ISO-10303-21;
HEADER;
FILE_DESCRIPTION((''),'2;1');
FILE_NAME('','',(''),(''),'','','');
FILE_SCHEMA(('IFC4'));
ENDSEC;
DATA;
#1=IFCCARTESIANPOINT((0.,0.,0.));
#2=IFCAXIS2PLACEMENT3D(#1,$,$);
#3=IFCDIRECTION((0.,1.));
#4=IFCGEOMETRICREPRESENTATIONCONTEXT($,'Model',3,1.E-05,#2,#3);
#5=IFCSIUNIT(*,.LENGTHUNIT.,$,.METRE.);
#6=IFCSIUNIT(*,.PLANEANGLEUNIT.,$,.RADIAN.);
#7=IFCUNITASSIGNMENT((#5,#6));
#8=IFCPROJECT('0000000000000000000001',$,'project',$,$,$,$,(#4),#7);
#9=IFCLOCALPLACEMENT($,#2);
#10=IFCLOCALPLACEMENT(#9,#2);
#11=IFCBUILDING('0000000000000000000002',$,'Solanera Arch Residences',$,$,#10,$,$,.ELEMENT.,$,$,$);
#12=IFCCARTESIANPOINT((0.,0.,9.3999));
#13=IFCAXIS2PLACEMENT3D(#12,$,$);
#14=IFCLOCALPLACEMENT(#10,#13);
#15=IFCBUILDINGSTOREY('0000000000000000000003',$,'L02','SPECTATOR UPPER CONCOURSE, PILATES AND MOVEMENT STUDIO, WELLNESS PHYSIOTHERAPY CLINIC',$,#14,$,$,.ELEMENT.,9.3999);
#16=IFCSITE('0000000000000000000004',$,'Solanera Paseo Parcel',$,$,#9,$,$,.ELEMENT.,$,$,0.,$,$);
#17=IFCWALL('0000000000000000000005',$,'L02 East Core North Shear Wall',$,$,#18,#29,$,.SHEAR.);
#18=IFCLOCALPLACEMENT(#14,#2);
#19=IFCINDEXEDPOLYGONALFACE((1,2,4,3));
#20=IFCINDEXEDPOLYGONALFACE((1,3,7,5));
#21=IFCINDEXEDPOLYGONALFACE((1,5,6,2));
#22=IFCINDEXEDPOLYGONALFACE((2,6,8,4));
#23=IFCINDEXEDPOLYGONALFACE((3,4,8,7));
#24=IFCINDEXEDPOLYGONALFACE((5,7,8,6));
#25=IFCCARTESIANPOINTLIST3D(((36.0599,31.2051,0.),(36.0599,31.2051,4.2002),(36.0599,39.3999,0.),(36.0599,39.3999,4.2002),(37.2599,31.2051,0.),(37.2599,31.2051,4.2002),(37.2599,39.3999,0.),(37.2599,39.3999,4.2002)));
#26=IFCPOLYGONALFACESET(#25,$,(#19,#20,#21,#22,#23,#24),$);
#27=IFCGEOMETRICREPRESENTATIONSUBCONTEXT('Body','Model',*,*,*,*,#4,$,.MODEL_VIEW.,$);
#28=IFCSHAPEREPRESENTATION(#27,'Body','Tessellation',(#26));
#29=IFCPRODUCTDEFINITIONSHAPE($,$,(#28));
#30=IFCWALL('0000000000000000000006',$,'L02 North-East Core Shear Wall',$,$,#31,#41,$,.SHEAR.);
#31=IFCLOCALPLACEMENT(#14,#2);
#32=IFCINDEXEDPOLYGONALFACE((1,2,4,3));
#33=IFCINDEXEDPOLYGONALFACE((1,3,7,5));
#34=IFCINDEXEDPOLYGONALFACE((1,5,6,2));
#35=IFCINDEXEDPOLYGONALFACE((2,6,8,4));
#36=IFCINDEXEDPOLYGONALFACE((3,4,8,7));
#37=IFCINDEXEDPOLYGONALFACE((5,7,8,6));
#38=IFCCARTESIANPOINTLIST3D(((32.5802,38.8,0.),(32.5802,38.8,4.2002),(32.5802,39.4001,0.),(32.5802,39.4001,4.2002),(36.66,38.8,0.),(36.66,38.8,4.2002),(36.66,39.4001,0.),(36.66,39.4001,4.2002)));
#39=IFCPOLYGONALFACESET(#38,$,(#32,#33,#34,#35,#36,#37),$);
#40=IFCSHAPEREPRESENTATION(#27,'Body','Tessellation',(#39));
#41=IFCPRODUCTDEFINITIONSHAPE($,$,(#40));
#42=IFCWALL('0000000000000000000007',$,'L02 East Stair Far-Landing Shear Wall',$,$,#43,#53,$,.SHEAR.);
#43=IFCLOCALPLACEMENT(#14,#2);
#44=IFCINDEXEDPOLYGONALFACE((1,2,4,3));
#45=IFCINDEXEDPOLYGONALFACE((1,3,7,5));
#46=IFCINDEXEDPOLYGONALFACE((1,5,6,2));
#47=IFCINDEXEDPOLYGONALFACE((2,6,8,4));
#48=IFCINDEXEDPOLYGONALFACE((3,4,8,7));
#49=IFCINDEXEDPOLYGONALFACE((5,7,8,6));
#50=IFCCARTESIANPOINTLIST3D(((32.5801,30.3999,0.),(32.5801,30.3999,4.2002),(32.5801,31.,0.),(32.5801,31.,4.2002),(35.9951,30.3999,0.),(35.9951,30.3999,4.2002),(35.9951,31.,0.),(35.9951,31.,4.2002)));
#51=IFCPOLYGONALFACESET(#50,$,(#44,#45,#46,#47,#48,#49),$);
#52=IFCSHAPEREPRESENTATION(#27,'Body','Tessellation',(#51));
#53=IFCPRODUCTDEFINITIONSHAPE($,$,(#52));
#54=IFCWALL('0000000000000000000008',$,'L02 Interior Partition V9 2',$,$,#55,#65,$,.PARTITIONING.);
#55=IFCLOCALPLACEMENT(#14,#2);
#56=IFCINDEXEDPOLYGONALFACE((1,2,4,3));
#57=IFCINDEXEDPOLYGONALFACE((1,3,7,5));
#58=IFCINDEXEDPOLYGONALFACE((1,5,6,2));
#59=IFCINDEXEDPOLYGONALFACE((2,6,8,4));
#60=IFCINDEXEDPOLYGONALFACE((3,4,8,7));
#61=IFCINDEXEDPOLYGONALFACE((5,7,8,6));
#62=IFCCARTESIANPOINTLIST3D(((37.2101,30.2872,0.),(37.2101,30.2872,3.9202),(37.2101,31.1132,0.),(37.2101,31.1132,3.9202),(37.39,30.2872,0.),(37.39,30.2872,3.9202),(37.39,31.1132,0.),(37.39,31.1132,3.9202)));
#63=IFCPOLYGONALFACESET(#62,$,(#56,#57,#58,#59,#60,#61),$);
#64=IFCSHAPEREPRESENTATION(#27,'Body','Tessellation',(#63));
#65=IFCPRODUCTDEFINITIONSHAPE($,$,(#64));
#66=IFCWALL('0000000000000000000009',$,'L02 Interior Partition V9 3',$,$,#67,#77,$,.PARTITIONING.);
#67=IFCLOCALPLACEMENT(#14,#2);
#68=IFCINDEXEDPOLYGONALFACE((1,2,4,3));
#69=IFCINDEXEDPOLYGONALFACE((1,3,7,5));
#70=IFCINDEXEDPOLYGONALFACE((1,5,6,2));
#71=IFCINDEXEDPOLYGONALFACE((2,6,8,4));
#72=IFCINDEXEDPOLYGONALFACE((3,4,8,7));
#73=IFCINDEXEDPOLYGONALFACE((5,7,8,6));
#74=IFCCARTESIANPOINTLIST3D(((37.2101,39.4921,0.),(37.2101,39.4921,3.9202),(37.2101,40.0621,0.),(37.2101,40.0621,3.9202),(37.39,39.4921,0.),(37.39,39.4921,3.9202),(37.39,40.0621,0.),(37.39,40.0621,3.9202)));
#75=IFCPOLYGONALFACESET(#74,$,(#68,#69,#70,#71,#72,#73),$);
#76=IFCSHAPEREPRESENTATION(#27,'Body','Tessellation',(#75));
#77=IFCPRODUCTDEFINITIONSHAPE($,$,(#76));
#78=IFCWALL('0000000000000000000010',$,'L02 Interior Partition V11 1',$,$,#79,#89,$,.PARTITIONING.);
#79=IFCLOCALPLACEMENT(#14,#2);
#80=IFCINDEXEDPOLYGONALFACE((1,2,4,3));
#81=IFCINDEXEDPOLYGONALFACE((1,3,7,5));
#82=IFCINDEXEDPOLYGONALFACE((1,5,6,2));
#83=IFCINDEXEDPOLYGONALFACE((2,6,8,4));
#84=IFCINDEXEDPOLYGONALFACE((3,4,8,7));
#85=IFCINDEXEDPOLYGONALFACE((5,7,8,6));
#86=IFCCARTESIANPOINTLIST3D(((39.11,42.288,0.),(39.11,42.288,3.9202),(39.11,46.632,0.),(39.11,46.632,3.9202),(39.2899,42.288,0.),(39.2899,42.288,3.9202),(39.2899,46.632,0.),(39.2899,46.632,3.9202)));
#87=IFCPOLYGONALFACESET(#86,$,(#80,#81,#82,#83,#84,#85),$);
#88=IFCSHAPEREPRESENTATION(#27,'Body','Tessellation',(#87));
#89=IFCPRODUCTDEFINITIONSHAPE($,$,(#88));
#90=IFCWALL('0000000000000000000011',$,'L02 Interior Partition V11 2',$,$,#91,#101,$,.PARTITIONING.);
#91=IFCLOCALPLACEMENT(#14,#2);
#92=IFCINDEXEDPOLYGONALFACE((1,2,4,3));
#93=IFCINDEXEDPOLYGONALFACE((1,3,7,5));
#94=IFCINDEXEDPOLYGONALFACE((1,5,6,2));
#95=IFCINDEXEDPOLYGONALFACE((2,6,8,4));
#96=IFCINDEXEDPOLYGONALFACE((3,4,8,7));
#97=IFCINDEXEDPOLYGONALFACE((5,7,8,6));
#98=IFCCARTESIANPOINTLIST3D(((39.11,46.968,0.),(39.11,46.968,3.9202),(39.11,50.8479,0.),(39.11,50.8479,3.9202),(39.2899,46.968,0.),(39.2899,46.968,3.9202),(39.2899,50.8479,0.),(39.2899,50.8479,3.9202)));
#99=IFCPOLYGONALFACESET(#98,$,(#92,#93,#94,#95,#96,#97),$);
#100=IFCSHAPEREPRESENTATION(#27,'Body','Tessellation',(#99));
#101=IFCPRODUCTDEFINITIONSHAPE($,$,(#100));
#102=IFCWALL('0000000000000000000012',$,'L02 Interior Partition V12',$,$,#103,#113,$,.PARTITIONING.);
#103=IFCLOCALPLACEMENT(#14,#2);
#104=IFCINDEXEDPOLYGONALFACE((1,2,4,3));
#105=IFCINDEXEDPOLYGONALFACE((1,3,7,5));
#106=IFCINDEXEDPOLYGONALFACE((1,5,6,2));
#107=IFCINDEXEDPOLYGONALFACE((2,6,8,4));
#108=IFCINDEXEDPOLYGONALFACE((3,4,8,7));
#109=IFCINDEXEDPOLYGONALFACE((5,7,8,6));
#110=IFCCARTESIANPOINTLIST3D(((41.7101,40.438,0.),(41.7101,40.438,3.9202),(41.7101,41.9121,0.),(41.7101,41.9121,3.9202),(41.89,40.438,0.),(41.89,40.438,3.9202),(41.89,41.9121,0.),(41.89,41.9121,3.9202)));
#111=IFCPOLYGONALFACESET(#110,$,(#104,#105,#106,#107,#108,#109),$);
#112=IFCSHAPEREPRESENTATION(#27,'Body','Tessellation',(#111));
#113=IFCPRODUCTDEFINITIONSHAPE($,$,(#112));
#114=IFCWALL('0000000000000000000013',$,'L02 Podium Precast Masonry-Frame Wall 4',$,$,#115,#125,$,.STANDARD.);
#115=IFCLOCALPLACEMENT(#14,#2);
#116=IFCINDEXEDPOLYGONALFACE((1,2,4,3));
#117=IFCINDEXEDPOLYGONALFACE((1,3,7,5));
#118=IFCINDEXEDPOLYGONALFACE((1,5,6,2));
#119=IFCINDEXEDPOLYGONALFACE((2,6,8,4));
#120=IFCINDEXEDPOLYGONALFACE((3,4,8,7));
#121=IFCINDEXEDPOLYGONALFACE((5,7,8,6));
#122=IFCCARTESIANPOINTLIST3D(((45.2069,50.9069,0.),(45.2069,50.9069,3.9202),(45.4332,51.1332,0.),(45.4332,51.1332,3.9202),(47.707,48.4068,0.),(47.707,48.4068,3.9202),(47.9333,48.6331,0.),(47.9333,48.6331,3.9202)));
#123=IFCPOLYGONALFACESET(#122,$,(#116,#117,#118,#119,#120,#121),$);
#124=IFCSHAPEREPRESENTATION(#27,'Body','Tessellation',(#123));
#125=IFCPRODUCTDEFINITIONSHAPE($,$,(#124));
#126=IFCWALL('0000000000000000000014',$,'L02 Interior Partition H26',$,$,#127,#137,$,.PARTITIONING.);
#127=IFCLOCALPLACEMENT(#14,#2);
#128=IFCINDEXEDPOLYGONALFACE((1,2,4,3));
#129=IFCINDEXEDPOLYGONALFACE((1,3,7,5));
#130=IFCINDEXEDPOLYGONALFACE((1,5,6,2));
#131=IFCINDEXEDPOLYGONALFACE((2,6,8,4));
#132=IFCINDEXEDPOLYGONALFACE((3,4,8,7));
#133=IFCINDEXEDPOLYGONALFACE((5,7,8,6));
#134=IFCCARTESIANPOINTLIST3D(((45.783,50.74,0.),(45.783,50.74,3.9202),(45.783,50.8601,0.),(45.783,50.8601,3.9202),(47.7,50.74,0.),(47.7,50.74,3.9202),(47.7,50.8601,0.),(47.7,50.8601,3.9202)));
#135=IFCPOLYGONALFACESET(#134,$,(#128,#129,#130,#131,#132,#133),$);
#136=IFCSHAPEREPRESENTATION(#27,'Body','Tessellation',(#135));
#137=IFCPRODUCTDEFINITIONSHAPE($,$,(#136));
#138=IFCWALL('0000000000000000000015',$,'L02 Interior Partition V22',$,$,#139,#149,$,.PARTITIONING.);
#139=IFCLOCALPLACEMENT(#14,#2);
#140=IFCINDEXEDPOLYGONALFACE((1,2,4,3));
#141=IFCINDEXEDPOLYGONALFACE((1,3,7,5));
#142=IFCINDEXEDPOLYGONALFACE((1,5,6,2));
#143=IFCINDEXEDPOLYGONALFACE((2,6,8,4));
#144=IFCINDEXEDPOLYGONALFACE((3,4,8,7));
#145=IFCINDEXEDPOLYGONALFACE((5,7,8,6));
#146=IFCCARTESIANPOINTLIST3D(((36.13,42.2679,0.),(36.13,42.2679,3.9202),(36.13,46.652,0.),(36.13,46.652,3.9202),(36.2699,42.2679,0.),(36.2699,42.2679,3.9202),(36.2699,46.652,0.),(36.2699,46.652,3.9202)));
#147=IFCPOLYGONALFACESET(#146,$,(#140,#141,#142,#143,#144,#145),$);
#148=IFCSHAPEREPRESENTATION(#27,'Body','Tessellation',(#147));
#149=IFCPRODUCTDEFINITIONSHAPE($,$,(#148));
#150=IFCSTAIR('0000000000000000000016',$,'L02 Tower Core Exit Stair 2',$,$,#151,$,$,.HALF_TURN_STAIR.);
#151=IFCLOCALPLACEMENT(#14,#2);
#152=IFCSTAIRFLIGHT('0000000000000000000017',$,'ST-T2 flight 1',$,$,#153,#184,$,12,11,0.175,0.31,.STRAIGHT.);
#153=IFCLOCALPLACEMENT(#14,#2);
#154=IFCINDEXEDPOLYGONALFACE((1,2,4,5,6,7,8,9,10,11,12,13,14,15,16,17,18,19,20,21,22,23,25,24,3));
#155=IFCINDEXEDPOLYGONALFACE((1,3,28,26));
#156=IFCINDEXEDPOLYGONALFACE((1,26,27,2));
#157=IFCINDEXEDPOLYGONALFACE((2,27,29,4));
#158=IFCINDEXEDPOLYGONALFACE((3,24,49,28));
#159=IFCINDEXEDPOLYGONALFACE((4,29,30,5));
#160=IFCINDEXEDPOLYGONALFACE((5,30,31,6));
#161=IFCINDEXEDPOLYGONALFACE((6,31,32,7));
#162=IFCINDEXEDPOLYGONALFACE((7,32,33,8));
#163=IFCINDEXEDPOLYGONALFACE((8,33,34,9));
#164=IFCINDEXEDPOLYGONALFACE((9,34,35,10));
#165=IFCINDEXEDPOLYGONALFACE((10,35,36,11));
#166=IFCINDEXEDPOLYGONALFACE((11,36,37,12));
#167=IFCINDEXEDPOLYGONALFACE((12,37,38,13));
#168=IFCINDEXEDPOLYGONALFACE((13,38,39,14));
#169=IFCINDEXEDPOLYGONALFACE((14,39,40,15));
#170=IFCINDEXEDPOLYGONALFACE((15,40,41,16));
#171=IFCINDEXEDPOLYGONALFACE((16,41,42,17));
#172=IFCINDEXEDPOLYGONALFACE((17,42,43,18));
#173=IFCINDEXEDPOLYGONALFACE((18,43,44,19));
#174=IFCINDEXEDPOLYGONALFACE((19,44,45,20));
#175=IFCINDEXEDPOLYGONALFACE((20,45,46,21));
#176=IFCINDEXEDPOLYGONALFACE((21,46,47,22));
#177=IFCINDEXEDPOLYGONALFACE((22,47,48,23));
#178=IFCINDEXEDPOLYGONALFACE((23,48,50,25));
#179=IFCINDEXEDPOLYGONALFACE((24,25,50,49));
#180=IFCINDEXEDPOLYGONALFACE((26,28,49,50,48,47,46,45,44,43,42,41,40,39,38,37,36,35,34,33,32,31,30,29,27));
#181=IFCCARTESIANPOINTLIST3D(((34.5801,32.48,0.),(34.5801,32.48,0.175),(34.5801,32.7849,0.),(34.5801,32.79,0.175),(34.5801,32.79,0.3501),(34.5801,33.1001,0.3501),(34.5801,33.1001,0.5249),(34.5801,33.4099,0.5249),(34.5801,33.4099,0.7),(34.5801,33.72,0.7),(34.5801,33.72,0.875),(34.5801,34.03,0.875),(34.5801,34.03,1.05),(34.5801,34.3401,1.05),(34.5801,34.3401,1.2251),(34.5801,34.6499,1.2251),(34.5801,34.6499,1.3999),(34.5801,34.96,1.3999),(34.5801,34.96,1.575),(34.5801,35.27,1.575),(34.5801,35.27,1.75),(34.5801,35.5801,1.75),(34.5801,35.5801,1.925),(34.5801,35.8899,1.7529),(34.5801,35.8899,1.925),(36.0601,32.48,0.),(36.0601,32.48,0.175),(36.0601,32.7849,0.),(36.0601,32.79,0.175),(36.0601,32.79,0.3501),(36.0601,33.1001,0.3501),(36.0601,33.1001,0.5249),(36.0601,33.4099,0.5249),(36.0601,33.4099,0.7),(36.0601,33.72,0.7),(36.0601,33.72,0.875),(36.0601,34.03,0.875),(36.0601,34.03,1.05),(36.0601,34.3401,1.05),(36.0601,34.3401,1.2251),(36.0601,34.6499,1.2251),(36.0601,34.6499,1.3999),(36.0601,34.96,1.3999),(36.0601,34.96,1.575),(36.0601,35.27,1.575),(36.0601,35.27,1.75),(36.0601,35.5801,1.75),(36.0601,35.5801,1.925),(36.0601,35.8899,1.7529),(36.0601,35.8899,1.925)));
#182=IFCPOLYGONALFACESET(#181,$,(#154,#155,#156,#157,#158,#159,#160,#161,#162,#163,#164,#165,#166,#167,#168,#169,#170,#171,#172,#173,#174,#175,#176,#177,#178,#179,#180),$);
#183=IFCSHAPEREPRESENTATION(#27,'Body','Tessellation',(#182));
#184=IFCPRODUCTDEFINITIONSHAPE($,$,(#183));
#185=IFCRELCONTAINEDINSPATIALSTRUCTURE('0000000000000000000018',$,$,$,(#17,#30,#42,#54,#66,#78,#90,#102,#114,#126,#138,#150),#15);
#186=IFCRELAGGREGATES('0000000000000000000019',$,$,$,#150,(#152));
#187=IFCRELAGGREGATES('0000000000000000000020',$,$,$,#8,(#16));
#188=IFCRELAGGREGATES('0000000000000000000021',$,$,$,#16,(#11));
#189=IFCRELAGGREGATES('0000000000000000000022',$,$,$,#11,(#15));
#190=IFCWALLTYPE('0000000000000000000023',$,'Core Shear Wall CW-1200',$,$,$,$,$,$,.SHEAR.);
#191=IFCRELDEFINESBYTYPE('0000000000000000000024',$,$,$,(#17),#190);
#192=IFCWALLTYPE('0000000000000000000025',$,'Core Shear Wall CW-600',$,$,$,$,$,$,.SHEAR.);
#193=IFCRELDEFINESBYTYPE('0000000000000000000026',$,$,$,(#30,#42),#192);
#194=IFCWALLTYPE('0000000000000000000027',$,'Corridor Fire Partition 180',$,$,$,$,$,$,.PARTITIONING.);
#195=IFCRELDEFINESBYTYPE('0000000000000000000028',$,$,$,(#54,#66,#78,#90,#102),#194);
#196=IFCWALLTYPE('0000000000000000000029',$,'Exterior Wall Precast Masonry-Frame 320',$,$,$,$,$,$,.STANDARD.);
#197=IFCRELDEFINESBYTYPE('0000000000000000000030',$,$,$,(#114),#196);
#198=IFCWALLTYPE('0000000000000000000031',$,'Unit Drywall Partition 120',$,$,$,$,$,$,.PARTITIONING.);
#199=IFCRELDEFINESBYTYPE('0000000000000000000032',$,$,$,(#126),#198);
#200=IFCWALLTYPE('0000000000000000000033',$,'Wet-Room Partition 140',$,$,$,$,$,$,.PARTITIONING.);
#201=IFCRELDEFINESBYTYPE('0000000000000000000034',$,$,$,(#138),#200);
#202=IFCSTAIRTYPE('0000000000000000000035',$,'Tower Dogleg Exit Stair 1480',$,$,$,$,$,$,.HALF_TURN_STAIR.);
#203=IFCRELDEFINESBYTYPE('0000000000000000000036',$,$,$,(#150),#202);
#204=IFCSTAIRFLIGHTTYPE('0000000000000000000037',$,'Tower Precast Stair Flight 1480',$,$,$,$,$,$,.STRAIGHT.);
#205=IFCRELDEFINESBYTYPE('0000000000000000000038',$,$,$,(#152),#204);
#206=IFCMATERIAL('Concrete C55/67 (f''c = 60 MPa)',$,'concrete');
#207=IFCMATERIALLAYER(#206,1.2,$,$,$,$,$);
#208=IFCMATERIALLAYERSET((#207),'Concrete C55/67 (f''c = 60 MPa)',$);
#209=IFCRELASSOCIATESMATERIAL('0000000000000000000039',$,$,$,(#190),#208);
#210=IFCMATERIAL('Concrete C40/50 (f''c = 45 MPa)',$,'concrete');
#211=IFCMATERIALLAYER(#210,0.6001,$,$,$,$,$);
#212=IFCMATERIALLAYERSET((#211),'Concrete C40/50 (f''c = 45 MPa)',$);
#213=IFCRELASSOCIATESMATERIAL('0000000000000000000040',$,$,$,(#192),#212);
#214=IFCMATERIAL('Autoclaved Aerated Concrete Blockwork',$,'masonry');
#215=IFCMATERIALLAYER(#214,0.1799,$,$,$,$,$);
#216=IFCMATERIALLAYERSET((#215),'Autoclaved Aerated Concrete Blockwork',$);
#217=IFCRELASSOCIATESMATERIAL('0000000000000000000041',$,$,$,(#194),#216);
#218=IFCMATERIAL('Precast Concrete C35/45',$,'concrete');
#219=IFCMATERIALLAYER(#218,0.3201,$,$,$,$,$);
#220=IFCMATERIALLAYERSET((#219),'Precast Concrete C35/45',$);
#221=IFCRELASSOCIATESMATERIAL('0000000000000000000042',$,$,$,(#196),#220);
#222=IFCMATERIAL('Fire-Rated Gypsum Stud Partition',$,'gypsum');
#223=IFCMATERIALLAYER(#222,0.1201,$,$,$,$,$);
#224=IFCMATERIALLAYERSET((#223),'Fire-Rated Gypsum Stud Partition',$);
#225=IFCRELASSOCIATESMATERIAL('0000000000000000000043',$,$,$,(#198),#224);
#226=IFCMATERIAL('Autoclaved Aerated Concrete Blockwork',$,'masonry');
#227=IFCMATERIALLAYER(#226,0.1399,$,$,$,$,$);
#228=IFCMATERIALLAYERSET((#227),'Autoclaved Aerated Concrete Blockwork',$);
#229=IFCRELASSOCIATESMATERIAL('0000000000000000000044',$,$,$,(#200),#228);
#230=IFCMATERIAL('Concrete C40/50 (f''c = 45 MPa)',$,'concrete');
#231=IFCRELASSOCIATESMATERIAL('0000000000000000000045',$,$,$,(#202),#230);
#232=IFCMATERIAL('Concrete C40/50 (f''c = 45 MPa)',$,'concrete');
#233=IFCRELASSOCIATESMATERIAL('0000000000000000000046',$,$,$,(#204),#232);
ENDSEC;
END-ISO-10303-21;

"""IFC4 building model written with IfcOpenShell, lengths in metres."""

from ifc_helpers import new_model, si_unit, direction, frame, frame_2d, origin, place, context, subcontext, project, spatial, polyline, rectangle, outline, extrude, material, layer, layer_set, type_object, element, aggregate, save


model = new_model("IFC4")

# Units and contexts
model_context = context("Model", 3, precision=1e-05, world=origin(), true_north=direction((0.0, 1.0)))
body_context = subcontext(model_context, "Body", "Model", "MODEL_VIEW")
ifc_project = project(units=[si_unit("LENGTHUNIT", "METRE"), si_unit("PLANEANGLEUNIT", "RADIAN")], contexts=[model_context])

# Site, building, storey
site_placement = place(None, origin())
site = spatial("IfcSite", under=ifc_project, at=site_placement, Name="Solanera Paseo Parcel", CompositionType="ELEMENT", RefElevation=0.0)
building_placement = place(site_placement, origin())
building = spatial("IfcBuilding", under=site, at=building_placement, Name="Solanera Arch Residences", CompositionType="ELEMENT")
storey_placement = place(building_placement, frame((0.0, 0.0, 9.3999)))
storey = spatial("IfcBuildingStorey", under=building, at=storey_placement, Name="L02", Description="SPECTATOR UPPER CONCOURSE, PILATES AND MOVEMENT STUDIO, WELLNESS PHYSIOTHERAPY CLINIC", CompositionType="ELEMENT", Elevation=9.3999)

# Wall
ifc_material_1 = material(Name="Concrete C55/67 (f'c = 60 MPa)", Category="concrete")
ifc_layer_1 = layer(ifc_material_1, 1.2)
ifc_layer_set_1 = layer_set([ifc_layer_1], Name="Concrete C55/67 (f'c = 60 MPa)")
wall_type_1 = type_object("IfcWallType", Name="Core Shear Wall CW-1200", PredefinedType="SHEAR", material=ifc_layer_set_1)
wall_1_placement = place(storey_placement, frame((36.6599, 31.2051, 0.0), z_axis=(0.0, 0.0, 1.0), x_axis=(0.0, 1.0, 0.0)))
element("IfcWall", 1, at=wall_1_placement, inside=storey, type_object=wall_type_1, Name="L02 East Core North Shear Wall", PredefinedType="SHEAR", context=body_context, shape_type="SweptSolid", body=[
    extrude(rectangle(XDim=8.1948, YDim=1.2, at=frame_2d((4.0974, 0.0))), origin(), (0.0, 0.0, 1.0), 4.2002),
])

# Walls
ifc_material_2 = material(Name="Concrete C40/50 (f'c = 45 MPa)", Category="concrete")
ifc_layer_2 = layer(ifc_material_2, 0.6001)
ifc_layer_set_2 = layer_set([ifc_layer_2], Name="Concrete C40/50 (f'c = 45 MPa)")
wall_type_2 = type_object("IfcWallType", Name="Core Shear Wall CW-600", PredefinedType="SHEAR", material=ifc_layer_set_2)
wall_2_placement = place(storey_placement, frame((32.5801, 39.1001, 0.0), z_axis=(0.0, 0.0, 1.0), x_axis=(1.0, 0.0, 0.0)))
element("IfcWall", 2, at=wall_2_placement, inside=storey, type_object=wall_type_2, Name="L02 North-East Core Shear Wall", PredefinedType="SHEAR", context=body_context, shape_type="SweptSolid", body=[
    extrude(rectangle(XDim=4.0798, YDim=0.6001, at=frame_2d((2.04, 0.0))), origin(), (0.0, 0.0, 1.0), 4.2002),
])
wall_3_placement = place(storey_placement, frame((32.5801, 30.7, 0.0), z_axis=(0.0, 0.0, 1.0), x_axis=(1.0, 0.0, 0.0)))
element("IfcWall", 3, at=wall_3_placement, inside=storey, type_object=wall_type_2, Name="L02 East Stair Far-Landing Shear Wall", PredefinedType="SHEAR", context=body_context, shape_type="SweptSolid", body=[
    extrude(rectangle(XDim=3.415, YDim=0.6001, at=frame_2d((1.7075, 0.0))), origin(), (0.0, 0.0, 1.0), 4.2002),
])
ifc_material_3 = material(Name="Autoclaved Aerated Concrete Blockwork", Category="masonry")
ifc_layer_3 = layer(ifc_material_3, 0.1799)
ifc_layer_set_3 = layer_set([ifc_layer_3], Name="Autoclaved Aerated Concrete Blockwork")
wall_type_3 = type_object("IfcWallType", Name="Corridor Fire Partition 180", PredefinedType="PARTITIONING", material=ifc_layer_set_3)
wall_4_placement = place(storey_placement, frame((37.3, 30.2871, 0.0), z_axis=(0.0, 0.0, 1.0), x_axis=(0.0, 1.0, 0.0)))
element("IfcWall", 4, at=wall_4_placement, inside=storey, type_object=wall_type_3, Name="L02 Interior Partition V9 2", PredefinedType="PARTITIONING", context=body_context, shape_type="SweptSolid", body=[
    extrude(rectangle(XDim=0.8259, YDim=0.1799, at=frame_2d((0.4131, 0.0))), origin(), (0.0, 0.0, 1.0), 3.9202),
])
wall_5_placement = place(storey_placement, frame((37.3, 39.4919, 0.0), z_axis=(0.0, 0.0, 1.0), x_axis=(0.0, 1.0, 0.0)))
element("IfcWall", 5, at=wall_5_placement, inside=storey, type_object=wall_type_3, Name="L02 Interior Partition V9 3", PredefinedType="PARTITIONING", context=body_context, shape_type="SweptSolid", body=[
    extrude(rectangle(XDim=0.5701, YDim=0.1799, at=frame_2d((0.2852, 0.0))), origin(), (0.0, 0.0, 1.0), 3.9202),
])
wall_6_placement = place(storey_placement, frame((39.2, 42.2881, 0.0), z_axis=(0.0, 0.0, 1.0), x_axis=(0.0, 1.0, 0.0)))
element("IfcWall", 6, at=wall_6_placement, inside=storey, type_object=wall_type_3, Name="L02 Interior Partition V11 1", PredefinedType="PARTITIONING", context=body_context, shape_type="SweptSolid", body=[
    extrude(rectangle(XDim=4.344, YDim=0.1799, at=frame_2d((2.1719, 0.0))), origin(), (0.0, 0.0, 1.0), 3.9202),
])
wall_7_placement = place(storey_placement, frame((39.2, 46.968, 0.0), z_axis=(0.0, 0.0, 1.0), x_axis=(0.0, 1.0, 0.0)))
element("IfcWall", 7, at=wall_7_placement, inside=storey, type_object=wall_type_3, Name="L02 Interior Partition V11 2", PredefinedType="PARTITIONING", context=body_context, shape_type="SweptSolid", body=[
    extrude(rectangle(XDim=3.8799, YDim=0.1799, at=frame_2d((1.9399, 0.0))), origin(), (0.0, 0.0, 1.0), 3.9202),
])
wall_8_placement = place(storey_placement, frame((41.8, 40.438, 0.0), z_axis=(0.0, 0.0, 1.0), x_axis=(0.0, 1.0, 0.0)))
element("IfcWall", 8, at=wall_8_placement, inside=storey, type_object=wall_type_3, Name="L02 Interior Partition V12", PredefinedType="PARTITIONING", context=body_context, shape_type="SweptSolid", body=[
    extrude(rectangle(XDim=1.4741, YDim=0.1799, at=frame_2d((0.7371, 0.0))), origin(), (0.0, 0.0, 1.0), 3.9202),
])
ifc_material_4 = material(Name="Precast Concrete C35/45", Category="concrete")
ifc_layer_4 = layer(ifc_material_4, 0.3201)
ifc_layer_set_4 = layer_set([ifc_layer_4], Name="Precast Concrete C35/45")
wall_type_4 = type_object("IfcWallType", Name="Exterior Wall Precast Masonry-Frame 320", PredefinedType="STANDARD", material=ifc_layer_set_4)
wall_9_placement = place(storey_placement, frame((45.3201, 51.02, 0.0), z_axis=(0.0, 0.0, 1.0), x_axis=(0.707107, -0.707107, 0.0)))
element("IfcWall", 9, at=wall_9_placement, inside=storey, type_object=wall_type_4, Name="L02 Podium Precast Masonry-Frame Wall 4", PredefinedType="STANDARD", context=body_context, shape_type="SweptSolid", body=[
    extrude(rectangle(XDim=3.5356, YDim=0.3201, at=frame_2d((1.7678, 0.0))), origin(), (0.0, 0.0, 1.0), 3.9202),
])
ifc_material_5 = material(Name="Fire-Rated Gypsum Stud Partition", Category="gypsum")
ifc_layer_5 = layer(ifc_material_5, 0.1201)
ifc_layer_set_5 = layer_set([ifc_layer_5], Name="Fire-Rated Gypsum Stud Partition")
wall_type_5 = type_object("IfcWallType", Name="Unit Drywall Partition 120", PredefinedType="PARTITIONING", material=ifc_layer_set_5)
wall_10_placement = place(storey_placement, frame((45.783, 50.8, 0.0), z_axis=(0.0, 0.0, 1.0), x_axis=(1.0, 0.0, 0.0)))
element("IfcWall", 10, at=wall_10_placement, inside=storey, type_object=wall_type_5, Name="L02 Interior Partition H26", PredefinedType="PARTITIONING", context=body_context, shape_type="SweptSolid", body=[
    extrude(rectangle(XDim=1.917, YDim=0.1201, at=frame_2d((0.9585, 0.0))), origin(), (0.0, 0.0, 1.0), 3.9202),
])
ifc_material_6 = material(Name="Autoclaved Aerated Concrete Blockwork", Category="masonry")
ifc_layer_6 = layer(ifc_material_6, 0.1399)
ifc_layer_set_6 = layer_set([ifc_layer_6], Name="Autoclaved Aerated Concrete Blockwork")
wall_type_6 = type_object("IfcWallType", Name="Wet-Room Partition 140", PredefinedType="PARTITIONING", material=ifc_layer_set_6)
wall_11_placement = place(storey_placement, frame((36.2, 42.2681, 0.0), z_axis=(0.0, 0.0, 1.0), x_axis=(0.0, 1.0, 0.0)))
element("IfcWall", 11, at=wall_11_placement, inside=storey, type_object=wall_type_6, Name="L02 Interior Partition V22", PredefinedType="PARTITIONING", context=body_context, shape_type="SweptSolid", body=[
    extrude(rectangle(XDim=4.384, YDim=0.1399, at=frame_2d((2.1919, 0.0))), origin(), (0.0, 0.0, 1.0), 3.9202),
])

# Stair, stair flight
ifc_material_7 = material(Name="Concrete C40/50 (f'c = 45 MPa)", Category="concrete")
stair_type = type_object("IfcStairType", Name="Tower Dogleg Exit Stair 1480", PredefinedType="HALF_TURN_STAIR", material=ifc_material_7)
stair_placement = place(storey_placement, origin())
stair = element("IfcStair", 12, at=stair_placement, inside=storey, type_object=stair_type, Name="L02 Tower Core Exit Stair 2", PredefinedType="HALF_TURN_STAIR")
ifc_material_8 = material(Name="Concrete C40/50 (f'c = 45 MPa)", Category="concrete")
stair_flight_type = type_object("IfcStairFlightType", Name="Tower Precast Stair Flight 1480", PredefinedType="STRAIGHT", material=ifc_material_8)
stair_flight_1_placement = place(storey_placement, frame((35.3201, 32.48, 0.0), z_axis=(0.0, 0.0, 1.0), x_axis=(0.0, 1.0, 0.0)))
stair_flight_1 = element("IfcStairFlight", 13, at=stair_flight_1_placement, type_object=stair_flight_type, Name="ST-T2 flight 1", NumberOfRisers=12, NumberOfTreads=11, PredefinedType="STRAIGHT", RiserHeight=0.175, TreadLength=0.31, context=body_context, shape_type="SweptSolid", body=[
    extrude(outline(polyline([(0.0, 0.0), (0.0, 0.175), (0.3101, 0.175), (0.3101, 0.3501), (0.6201, 0.3501), (0.6201, 0.5249), (0.9299, 0.5249), (0.9299, 0.7), (1.24, 0.7), (1.24, 0.875), (1.55, 0.875), (1.55, 1.05), (1.8601, 1.05), (1.8601, 1.2251), (2.1699, 1.2251), (2.1699, 1.3999), (2.48, 1.3999), (2.48, 1.575), (2.79, 1.575), (2.79, 1.75), (3.1001, 1.75), (3.1001, 1.925), (3.4099, 1.925), (3.4099, 2.1001), (3.4099, 1.7529), (0.3049, 0.0), (0.0, 0.0)])), frame((0.0, 0.74, 0.0), z_axis=(0.0, -1.0, 0.0), x_axis=(1.0, 0.0, 0.0)), (0.0, 0.0, 1.0), 1.48),
])
aggregate(stair, [stair_flight_1])

save(model, "model.ifc")
